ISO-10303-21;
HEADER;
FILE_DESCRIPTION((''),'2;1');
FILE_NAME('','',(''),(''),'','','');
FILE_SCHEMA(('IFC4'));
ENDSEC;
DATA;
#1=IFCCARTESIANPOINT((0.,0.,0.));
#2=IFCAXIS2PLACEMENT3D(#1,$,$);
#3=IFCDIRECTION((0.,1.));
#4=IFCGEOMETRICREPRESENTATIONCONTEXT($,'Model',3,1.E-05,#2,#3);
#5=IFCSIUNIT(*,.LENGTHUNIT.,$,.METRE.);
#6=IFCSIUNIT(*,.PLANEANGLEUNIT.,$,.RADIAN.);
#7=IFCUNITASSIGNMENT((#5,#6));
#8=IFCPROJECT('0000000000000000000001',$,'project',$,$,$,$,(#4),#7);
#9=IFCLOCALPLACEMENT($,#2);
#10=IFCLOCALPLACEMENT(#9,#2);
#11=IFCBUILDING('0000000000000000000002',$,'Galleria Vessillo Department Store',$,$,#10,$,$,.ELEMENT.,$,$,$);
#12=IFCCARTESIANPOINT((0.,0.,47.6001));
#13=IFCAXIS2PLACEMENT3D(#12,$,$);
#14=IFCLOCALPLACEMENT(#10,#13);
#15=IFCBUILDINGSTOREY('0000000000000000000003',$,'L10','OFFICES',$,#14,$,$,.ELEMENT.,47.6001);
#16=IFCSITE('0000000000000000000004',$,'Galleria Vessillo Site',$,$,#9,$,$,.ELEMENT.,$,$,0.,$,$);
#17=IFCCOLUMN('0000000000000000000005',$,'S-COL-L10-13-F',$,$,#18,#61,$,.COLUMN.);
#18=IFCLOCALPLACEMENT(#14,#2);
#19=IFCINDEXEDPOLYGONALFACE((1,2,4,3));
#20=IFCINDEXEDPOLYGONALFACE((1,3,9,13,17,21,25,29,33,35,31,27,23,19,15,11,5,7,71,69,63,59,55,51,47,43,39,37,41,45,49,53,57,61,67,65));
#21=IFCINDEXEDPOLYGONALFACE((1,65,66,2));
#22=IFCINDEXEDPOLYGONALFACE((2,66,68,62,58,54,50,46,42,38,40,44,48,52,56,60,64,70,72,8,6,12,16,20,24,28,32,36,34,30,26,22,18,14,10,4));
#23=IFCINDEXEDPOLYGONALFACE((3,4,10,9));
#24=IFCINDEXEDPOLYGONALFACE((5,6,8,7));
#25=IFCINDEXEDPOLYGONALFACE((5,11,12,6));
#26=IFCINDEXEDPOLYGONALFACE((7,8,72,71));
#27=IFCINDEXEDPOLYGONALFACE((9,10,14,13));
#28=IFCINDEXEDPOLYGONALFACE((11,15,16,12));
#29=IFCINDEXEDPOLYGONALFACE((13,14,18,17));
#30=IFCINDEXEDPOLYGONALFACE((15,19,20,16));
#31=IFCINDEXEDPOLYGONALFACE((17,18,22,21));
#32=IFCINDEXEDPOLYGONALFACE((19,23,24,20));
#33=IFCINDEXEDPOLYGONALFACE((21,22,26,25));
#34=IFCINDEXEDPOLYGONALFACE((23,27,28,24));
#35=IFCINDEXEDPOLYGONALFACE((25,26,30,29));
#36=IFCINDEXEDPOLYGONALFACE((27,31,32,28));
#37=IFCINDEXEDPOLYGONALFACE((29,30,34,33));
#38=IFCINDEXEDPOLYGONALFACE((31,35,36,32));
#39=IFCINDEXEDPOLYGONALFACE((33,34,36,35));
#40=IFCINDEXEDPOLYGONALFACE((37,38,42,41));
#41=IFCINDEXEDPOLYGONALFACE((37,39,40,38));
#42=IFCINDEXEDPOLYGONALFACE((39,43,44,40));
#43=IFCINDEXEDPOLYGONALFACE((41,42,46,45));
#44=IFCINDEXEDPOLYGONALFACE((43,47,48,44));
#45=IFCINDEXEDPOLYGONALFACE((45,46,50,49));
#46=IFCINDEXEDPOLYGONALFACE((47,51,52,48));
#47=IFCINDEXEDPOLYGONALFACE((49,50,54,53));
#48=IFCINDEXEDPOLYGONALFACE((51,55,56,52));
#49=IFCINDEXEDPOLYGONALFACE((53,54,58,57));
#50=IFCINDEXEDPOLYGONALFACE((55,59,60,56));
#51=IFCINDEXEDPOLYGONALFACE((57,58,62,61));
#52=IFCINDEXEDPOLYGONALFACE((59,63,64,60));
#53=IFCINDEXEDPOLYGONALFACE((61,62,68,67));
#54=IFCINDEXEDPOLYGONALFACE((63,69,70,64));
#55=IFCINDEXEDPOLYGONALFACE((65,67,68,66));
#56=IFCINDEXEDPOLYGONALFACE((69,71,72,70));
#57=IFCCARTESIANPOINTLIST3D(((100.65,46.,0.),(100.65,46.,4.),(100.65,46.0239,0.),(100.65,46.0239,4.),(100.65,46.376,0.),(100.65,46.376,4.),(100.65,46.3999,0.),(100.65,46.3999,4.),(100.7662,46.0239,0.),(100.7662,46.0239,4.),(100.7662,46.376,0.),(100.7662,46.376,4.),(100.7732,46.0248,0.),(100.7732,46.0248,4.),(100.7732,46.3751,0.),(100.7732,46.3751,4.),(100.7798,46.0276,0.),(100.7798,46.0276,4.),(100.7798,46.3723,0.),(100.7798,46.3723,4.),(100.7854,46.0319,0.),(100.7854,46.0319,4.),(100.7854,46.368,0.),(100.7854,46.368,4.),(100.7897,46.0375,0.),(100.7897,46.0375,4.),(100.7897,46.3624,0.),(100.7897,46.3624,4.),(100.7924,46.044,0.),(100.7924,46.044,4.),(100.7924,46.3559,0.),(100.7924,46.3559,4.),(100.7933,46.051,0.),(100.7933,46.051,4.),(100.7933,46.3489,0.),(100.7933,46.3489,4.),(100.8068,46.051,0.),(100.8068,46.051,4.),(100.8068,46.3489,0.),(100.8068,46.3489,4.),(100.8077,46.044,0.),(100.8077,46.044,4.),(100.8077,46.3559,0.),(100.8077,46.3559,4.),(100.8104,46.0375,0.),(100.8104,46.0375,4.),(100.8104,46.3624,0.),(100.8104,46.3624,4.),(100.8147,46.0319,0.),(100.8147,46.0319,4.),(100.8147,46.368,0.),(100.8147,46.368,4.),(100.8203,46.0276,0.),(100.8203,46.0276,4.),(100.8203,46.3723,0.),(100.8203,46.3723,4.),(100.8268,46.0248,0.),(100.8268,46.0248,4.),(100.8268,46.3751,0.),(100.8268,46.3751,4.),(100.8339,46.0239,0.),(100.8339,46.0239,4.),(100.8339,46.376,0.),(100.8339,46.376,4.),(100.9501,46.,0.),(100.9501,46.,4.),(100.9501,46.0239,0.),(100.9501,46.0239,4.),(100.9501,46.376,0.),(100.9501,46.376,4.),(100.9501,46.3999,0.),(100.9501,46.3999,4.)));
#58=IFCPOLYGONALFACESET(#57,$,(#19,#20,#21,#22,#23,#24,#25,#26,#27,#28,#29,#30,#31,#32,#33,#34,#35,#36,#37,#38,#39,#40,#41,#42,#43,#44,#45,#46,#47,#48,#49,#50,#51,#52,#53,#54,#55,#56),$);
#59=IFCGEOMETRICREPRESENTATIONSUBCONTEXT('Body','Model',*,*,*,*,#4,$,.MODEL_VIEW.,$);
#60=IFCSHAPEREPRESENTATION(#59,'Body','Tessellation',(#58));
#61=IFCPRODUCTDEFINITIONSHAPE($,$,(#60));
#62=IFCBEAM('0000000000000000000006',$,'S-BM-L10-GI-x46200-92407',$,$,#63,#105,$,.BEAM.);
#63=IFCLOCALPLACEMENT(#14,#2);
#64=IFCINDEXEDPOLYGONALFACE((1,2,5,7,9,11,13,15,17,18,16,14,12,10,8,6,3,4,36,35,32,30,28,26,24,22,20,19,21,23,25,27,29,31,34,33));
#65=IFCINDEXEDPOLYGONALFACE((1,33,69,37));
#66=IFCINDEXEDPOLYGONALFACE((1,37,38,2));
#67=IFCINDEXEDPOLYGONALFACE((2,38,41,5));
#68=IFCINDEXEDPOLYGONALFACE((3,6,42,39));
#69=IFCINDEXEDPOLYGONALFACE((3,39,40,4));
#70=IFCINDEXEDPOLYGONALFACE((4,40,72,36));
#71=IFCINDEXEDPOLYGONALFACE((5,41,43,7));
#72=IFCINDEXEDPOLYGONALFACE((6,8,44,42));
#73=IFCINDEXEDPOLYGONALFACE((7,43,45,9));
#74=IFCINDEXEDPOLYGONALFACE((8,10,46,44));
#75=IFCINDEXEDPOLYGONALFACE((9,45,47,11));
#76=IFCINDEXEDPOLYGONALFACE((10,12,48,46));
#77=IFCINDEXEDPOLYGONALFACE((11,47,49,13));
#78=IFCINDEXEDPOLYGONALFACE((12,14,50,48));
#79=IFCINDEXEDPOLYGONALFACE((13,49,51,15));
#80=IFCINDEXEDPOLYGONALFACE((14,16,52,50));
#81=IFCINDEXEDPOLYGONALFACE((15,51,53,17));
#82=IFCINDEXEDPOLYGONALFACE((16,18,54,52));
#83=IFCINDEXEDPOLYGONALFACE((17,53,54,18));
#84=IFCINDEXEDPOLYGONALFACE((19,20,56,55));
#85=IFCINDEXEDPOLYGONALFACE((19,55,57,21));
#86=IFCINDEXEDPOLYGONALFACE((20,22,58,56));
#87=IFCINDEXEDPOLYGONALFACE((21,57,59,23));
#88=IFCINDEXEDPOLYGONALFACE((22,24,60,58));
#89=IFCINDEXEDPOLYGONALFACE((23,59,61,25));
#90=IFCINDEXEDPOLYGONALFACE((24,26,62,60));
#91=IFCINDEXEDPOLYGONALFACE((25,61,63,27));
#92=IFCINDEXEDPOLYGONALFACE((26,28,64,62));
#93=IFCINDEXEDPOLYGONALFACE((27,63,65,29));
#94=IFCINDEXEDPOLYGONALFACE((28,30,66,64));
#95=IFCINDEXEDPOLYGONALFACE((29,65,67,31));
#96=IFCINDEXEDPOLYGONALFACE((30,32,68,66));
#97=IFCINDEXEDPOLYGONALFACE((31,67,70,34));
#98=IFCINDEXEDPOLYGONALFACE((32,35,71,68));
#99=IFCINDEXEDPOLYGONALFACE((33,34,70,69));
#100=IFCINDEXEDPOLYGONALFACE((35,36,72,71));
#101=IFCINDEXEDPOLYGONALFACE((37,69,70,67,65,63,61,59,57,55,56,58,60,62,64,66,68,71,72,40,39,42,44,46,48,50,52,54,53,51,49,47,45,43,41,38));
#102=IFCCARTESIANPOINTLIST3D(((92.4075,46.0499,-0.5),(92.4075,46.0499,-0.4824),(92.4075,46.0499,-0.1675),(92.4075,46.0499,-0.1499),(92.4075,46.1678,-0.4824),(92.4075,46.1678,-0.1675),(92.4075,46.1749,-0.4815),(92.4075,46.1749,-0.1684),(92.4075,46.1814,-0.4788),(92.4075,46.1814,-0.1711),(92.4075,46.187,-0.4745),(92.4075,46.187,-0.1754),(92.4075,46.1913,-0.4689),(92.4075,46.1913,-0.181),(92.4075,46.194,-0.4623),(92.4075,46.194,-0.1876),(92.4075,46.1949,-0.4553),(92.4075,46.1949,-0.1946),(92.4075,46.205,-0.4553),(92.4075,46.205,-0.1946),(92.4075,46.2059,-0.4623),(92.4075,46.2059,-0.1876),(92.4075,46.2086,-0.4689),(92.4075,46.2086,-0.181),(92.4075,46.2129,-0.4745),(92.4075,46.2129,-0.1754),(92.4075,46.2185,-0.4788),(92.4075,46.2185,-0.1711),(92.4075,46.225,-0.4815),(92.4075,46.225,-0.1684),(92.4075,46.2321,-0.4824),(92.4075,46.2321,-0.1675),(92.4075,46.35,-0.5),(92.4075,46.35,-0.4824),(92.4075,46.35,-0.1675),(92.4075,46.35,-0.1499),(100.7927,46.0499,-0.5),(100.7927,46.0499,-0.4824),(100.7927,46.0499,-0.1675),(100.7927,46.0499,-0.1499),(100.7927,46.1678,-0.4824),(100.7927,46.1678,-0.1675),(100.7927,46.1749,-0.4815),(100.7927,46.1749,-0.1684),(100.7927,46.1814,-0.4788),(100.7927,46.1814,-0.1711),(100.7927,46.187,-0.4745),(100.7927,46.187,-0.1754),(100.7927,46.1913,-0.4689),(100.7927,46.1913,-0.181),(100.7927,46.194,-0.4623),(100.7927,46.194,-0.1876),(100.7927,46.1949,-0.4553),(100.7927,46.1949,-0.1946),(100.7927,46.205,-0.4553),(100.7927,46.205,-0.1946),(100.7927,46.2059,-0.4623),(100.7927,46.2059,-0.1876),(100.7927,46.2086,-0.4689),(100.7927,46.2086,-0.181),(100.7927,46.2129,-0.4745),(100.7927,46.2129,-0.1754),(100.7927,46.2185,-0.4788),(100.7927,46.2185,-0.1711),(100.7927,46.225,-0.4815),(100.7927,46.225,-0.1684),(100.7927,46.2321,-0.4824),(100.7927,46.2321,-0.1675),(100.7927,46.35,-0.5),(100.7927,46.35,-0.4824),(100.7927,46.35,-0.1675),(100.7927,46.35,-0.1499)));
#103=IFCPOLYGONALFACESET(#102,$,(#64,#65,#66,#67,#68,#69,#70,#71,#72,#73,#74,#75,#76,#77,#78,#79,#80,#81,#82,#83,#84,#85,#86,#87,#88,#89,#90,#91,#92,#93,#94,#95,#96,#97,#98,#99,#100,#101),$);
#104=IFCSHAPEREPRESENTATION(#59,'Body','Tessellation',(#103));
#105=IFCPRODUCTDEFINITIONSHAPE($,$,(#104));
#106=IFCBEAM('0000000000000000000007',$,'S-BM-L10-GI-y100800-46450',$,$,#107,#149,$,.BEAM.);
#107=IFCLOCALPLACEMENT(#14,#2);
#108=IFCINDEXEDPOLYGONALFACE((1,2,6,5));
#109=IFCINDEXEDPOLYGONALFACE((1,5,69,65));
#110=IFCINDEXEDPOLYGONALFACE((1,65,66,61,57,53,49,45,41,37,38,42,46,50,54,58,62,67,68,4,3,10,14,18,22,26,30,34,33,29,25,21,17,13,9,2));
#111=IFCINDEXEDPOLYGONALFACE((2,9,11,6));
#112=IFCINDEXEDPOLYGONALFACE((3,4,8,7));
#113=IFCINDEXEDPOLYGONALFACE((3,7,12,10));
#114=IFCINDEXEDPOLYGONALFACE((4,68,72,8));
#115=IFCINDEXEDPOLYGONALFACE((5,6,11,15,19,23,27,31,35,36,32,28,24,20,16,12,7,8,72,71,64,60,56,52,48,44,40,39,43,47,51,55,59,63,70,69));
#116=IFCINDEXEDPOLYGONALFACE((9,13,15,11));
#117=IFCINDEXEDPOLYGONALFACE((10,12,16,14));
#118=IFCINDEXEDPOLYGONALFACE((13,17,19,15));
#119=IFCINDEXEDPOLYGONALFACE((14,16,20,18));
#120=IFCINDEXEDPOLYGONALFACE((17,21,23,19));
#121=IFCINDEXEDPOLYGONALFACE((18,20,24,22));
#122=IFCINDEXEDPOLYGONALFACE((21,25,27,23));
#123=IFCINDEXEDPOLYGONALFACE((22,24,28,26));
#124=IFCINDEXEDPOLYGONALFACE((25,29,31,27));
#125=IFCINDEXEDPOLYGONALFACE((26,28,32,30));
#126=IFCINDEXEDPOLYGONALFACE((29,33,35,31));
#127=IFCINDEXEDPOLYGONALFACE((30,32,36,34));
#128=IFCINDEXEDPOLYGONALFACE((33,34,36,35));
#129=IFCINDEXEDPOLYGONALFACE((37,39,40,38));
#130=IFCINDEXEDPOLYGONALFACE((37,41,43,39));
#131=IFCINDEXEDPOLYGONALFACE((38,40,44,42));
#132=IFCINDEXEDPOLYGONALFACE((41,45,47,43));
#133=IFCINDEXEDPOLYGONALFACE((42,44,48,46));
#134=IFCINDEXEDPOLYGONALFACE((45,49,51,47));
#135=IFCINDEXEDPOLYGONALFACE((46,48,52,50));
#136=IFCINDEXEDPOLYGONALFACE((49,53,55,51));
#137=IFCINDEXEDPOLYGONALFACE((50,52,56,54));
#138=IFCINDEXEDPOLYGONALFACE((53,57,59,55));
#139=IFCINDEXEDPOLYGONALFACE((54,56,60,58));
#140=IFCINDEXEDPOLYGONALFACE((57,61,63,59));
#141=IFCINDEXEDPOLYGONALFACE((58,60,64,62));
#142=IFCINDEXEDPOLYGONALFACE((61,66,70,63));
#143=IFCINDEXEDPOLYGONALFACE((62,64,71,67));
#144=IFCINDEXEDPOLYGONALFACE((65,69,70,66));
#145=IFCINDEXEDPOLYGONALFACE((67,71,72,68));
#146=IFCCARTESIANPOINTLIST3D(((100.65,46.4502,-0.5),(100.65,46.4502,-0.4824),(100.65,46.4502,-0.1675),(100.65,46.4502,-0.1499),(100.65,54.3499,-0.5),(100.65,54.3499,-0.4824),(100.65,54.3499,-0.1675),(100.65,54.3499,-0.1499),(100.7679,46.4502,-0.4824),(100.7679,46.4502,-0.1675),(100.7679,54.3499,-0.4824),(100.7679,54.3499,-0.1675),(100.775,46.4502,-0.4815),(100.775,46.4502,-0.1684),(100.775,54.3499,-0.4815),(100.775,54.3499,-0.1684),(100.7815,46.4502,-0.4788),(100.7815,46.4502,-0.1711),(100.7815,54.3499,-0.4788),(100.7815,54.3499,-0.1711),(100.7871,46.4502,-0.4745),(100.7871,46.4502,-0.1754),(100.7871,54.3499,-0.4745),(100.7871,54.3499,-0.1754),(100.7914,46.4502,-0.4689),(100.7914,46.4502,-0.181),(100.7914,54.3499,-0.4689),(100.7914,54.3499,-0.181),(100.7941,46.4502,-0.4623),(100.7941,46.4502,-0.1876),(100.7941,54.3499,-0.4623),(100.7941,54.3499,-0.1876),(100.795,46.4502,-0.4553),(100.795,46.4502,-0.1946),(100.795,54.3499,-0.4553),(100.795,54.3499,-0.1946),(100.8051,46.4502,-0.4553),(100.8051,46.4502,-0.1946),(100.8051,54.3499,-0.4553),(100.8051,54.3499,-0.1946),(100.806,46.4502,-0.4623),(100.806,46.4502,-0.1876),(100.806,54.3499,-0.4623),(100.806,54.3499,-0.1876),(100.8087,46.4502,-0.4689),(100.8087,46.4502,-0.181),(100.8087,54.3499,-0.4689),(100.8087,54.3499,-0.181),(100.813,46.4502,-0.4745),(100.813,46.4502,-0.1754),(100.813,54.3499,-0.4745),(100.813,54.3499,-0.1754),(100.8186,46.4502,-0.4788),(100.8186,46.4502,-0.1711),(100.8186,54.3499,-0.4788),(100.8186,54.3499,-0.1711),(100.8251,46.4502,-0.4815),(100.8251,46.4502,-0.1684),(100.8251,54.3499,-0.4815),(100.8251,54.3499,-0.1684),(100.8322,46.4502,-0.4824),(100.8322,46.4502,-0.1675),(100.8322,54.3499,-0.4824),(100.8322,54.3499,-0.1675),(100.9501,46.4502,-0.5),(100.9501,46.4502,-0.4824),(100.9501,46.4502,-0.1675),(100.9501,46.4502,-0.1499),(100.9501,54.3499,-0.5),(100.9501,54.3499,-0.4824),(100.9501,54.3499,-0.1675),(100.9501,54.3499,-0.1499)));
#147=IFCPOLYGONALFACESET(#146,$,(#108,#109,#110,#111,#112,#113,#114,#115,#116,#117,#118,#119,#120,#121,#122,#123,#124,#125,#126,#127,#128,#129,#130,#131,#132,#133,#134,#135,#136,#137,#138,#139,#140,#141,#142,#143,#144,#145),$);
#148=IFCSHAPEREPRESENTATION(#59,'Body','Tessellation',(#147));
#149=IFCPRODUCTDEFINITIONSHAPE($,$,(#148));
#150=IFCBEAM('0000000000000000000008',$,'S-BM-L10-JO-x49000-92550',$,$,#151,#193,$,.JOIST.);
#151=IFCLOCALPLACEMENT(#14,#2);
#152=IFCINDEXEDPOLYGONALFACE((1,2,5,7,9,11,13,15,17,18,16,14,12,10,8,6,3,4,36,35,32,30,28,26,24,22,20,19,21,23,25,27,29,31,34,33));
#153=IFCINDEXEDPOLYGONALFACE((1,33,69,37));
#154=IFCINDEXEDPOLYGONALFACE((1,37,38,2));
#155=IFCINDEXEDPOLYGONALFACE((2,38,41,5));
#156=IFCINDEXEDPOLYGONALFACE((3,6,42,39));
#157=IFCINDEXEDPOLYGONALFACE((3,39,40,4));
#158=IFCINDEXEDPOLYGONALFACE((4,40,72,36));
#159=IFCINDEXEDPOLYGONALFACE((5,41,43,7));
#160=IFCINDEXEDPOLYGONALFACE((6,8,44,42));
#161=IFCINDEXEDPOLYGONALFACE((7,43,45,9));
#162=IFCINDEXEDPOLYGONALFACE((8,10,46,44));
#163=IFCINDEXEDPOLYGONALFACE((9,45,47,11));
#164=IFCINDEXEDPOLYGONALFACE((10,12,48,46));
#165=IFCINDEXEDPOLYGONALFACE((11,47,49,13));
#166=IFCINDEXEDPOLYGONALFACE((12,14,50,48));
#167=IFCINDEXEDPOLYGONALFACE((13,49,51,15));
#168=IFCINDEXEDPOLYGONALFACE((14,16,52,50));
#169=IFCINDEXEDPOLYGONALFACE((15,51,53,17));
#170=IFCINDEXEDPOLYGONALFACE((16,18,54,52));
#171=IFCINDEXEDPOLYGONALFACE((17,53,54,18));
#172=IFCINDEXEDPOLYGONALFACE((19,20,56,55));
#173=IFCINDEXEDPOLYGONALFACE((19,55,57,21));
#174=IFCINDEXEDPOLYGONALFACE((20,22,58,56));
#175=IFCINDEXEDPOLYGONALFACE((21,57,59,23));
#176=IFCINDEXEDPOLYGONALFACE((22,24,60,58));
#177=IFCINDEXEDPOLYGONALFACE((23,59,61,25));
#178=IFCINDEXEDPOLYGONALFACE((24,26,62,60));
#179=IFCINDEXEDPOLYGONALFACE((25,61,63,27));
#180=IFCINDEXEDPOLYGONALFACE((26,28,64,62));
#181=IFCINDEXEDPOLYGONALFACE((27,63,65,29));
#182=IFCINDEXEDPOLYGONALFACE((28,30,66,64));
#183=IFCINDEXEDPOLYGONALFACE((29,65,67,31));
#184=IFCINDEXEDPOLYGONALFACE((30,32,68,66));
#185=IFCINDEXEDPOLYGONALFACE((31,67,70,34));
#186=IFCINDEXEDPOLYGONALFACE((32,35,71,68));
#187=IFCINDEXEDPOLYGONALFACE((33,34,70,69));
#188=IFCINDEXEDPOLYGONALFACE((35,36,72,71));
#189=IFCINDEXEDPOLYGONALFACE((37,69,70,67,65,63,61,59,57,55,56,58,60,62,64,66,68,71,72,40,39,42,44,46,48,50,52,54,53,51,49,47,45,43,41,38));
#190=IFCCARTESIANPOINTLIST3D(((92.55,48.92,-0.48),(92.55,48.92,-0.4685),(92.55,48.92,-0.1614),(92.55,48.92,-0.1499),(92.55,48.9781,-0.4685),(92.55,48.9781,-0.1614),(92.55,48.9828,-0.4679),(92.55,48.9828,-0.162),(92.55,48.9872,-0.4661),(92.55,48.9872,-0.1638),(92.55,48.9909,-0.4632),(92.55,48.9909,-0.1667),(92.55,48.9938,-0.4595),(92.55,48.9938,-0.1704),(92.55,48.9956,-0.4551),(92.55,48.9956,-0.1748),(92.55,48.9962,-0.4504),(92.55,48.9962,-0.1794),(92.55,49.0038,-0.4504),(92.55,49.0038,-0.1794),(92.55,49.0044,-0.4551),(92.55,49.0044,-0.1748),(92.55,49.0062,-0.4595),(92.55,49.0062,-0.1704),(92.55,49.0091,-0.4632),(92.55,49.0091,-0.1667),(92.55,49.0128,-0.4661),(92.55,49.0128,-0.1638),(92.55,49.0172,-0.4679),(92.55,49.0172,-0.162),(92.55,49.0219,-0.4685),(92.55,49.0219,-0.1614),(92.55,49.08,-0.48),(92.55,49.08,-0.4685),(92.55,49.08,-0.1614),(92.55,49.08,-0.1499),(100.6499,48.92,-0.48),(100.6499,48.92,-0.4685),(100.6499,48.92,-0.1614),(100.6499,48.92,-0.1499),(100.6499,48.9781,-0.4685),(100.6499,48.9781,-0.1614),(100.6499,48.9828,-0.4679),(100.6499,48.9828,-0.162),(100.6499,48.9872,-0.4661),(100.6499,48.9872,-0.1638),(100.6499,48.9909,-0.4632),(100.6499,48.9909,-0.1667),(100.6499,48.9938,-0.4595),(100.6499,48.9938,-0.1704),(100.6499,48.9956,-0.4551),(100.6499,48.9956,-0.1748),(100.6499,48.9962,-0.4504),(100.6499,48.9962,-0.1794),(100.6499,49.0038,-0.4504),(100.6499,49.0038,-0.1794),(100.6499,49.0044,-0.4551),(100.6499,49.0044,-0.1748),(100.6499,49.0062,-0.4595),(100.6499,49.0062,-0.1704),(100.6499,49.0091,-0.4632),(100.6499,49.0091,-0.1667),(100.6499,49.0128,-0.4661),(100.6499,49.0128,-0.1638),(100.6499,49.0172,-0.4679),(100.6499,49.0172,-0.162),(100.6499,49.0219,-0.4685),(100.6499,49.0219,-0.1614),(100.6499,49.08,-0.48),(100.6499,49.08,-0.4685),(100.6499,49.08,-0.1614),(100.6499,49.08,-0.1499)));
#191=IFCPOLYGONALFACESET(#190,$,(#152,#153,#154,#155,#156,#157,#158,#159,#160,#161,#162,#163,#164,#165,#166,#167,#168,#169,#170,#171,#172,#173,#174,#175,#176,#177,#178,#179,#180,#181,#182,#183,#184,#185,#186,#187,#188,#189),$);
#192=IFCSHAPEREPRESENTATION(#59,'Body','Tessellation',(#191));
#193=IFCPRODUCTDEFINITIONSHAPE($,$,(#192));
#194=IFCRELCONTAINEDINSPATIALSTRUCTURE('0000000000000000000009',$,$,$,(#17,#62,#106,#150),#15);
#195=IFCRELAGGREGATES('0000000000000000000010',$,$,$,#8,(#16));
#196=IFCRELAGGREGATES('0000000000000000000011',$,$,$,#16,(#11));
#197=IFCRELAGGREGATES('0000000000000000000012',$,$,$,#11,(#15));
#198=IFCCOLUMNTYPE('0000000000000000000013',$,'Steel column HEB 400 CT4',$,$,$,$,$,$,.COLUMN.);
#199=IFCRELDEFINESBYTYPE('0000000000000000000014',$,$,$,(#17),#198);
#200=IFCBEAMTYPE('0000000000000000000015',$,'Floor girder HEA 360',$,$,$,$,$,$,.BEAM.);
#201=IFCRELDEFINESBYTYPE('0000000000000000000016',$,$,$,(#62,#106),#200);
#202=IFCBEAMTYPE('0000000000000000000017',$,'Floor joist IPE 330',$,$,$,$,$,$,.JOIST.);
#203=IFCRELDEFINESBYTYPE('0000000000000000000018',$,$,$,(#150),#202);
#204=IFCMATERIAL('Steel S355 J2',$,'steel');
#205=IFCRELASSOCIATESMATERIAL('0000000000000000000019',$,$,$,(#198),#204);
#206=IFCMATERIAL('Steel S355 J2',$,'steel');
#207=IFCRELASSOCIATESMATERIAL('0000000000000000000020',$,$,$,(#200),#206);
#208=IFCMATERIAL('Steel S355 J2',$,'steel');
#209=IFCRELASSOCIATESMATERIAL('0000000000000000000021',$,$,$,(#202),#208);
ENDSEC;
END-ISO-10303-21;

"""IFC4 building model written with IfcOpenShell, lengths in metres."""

from ifc_helpers import new_model, si_unit, direction, frame, origin, origin_2d, place, context, subcontext, project, spatial, i_section, extrude, material, material_profile, profile_set, type_object, element, save


model = new_model("IFC4")

# Units and contexts
model_context = context("Model", 3, precision=1e-05, world=origin(), true_north=direction((0.0, 1.0)))
body_context = subcontext(model_context, "Body", "Model", "MODEL_VIEW")
ifc_project = project(units=[si_unit("LENGTHUNIT", "METRE"), si_unit("PLANEANGLEUNIT", "RADIAN")], contexts=[model_context])

# Site, building, storey
site_placement = place(None, origin())
site = spatial("IfcSite", under=ifc_project, at=site_placement, Name="Galleria Vessillo Site", CompositionType="ELEMENT", RefElevation=0.0)
building_placement = place(site_placement, origin())
building = spatial("IfcBuilding", under=site, at=building_placement, Name="Galleria Vessillo Department Store", CompositionType="ELEMENT")
storey_placement = place(building_placement, frame((0.0, 0.0, 47.6001)))
storey = spatial("IfcBuildingStorey", under=building, at=storey_placement, Name="L10", Description="OFFICES", CompositionType="ELEMENT", Elevation=47.6001)

# Column
ifc_material_1 = material(Name="Steel S355 J2", Category="steel")
ifc_material_profile_1 = material_profile(ifc_material_1, i_section(OverallWidth=0.3, OverallDepth=0.3999, WebThickness=0.0134, FlangeThickness=0.0239, FilletRadius=0.0271, at=origin_2d()), Name="HEB 400")
ifc_profile_set_1 = profile_set([ifc_material_profile_1], Name="Steel S355 J2")
column_type = type_object("IfcColumnType", Name="Steel column HEB 400 CT4", PredefinedType="COLUMN", material=ifc_profile_set_1)
column_placement = place(storey_placement, frame((100.8, 46.2, 0.0), z_axis=(0.0, 0.0, 1.0), x_axis=(1.0, 0.0, 0.0)))
element("IfcColumn", 1, at=column_placement, inside=storey, type_object=column_type, Name="S-COL-L10-13-F", PredefinedType="COLUMN", context=body_context, shape_type="SweptSolid", body=[
    extrude(i_section(OverallWidth=0.3, OverallDepth=0.3999, WebThickness=0.0134, FlangeThickness=0.0239, FilletRadius=0.0271, at=origin_2d()), origin(), (0.0, 0.0, 1.0), 4.0),
])

# Beams
ifc_material_2 = material(Name="Steel S355 J2", Category="steel")
ifc_material_profile_2 = material_profile(ifc_material_2, i_section(OverallWidth=0.3, OverallDepth=0.3501, WebThickness=0.01, FlangeThickness=0.0176, FilletRadius=0.0271, at=origin_2d()), Name="HEA 360")
ifc_profile_set_2 = profile_set([ifc_material_profile_2], Name="Steel S355 J2")
beam_type_1 = type_object("IfcBeamType", Name="Floor girder HEA 360", PredefinedType="BEAM", material=ifc_profile_set_2)
beam_1_placement = place(storey_placement, frame((92.4075, 46.2, -0.325), z_axis=(1.0, 0.0, 0.0), x_axis=(0.0, 1.0, 0.0)))
element("IfcBeam", 2, at=beam_1_placement, inside=storey, type_object=beam_type_1, Name="S-BM-L10-GI-x46200-92407", PredefinedType="BEAM", context=body_context, shape_type="SweptSolid", body=[
    extrude(i_section(OverallWidth=0.3, OverallDepth=0.3501, WebThickness=0.01, FlangeThickness=0.0176, FilletRadius=0.0271, at=origin_2d()), origin(), (0.0, 0.0, 1.0), 8.3853),
])
beam_2_placement = place(storey_placement, frame((100.8, 46.4502, -0.325), z_axis=(0.0, 1.0, 0.0), x_axis=(-1.0, 0.0, 0.0)))
element("IfcBeam", 3, at=beam_2_placement, inside=storey, type_object=beam_type_1, Name="S-BM-L10-GI-y100800-46450", PredefinedType="BEAM", context=body_context, shape_type="SweptSolid", body=[
    extrude(i_section(OverallWidth=0.3, OverallDepth=0.3501, WebThickness=0.01, FlangeThickness=0.0176, FilletRadius=0.0271, at=origin_2d()), origin(), (0.0, 0.0, 1.0), 7.8997),
])
ifc_material_3 = material(Name="Steel S355 J2", Category="steel")
ifc_material_profile_3 = material_profile(ifc_material_3, i_section(OverallWidth=0.1599, OverallDepth=0.3301, WebThickness=0.0076, FlangeThickness=0.0115, FilletRadius=0.0181, at=origin_2d()), Name="IPE 330")
ifc_profile_set_3 = profile_set([ifc_material_profile_3], Name="Steel S355 J2")
beam_type_2 = type_object("IfcBeamType", Name="Floor joist IPE 330", PredefinedType="JOIST", material=ifc_profile_set_3)
for number, where, z_axis, x_axis, name in (
    (4, (92.55, 49.0, -0.3149), (1.0, 0.0, 0.0), (0.0, 1.0, 0.0), "S-BM-L10-JO-x49000-92550"),
):
    element("IfcBeam", number, at=place(storey_placement, frame(where, z_axis=z_axis, x_axis=x_axis)), inside=storey, type_object=beam_type_2, Name=name, PredefinedType="JOIST", context=body_context, shape_type="SweptSolid", body=[
        extrude(i_section(OverallWidth=0.1599, OverallDepth=0.3301, WebThickness=0.0076, FlangeThickness=0.0115, FilletRadius=0.0181, at=origin_2d()), origin(), (0.0, 0.0, 1.0), 8.0999),
    ])

save(model, "model.ifc")
